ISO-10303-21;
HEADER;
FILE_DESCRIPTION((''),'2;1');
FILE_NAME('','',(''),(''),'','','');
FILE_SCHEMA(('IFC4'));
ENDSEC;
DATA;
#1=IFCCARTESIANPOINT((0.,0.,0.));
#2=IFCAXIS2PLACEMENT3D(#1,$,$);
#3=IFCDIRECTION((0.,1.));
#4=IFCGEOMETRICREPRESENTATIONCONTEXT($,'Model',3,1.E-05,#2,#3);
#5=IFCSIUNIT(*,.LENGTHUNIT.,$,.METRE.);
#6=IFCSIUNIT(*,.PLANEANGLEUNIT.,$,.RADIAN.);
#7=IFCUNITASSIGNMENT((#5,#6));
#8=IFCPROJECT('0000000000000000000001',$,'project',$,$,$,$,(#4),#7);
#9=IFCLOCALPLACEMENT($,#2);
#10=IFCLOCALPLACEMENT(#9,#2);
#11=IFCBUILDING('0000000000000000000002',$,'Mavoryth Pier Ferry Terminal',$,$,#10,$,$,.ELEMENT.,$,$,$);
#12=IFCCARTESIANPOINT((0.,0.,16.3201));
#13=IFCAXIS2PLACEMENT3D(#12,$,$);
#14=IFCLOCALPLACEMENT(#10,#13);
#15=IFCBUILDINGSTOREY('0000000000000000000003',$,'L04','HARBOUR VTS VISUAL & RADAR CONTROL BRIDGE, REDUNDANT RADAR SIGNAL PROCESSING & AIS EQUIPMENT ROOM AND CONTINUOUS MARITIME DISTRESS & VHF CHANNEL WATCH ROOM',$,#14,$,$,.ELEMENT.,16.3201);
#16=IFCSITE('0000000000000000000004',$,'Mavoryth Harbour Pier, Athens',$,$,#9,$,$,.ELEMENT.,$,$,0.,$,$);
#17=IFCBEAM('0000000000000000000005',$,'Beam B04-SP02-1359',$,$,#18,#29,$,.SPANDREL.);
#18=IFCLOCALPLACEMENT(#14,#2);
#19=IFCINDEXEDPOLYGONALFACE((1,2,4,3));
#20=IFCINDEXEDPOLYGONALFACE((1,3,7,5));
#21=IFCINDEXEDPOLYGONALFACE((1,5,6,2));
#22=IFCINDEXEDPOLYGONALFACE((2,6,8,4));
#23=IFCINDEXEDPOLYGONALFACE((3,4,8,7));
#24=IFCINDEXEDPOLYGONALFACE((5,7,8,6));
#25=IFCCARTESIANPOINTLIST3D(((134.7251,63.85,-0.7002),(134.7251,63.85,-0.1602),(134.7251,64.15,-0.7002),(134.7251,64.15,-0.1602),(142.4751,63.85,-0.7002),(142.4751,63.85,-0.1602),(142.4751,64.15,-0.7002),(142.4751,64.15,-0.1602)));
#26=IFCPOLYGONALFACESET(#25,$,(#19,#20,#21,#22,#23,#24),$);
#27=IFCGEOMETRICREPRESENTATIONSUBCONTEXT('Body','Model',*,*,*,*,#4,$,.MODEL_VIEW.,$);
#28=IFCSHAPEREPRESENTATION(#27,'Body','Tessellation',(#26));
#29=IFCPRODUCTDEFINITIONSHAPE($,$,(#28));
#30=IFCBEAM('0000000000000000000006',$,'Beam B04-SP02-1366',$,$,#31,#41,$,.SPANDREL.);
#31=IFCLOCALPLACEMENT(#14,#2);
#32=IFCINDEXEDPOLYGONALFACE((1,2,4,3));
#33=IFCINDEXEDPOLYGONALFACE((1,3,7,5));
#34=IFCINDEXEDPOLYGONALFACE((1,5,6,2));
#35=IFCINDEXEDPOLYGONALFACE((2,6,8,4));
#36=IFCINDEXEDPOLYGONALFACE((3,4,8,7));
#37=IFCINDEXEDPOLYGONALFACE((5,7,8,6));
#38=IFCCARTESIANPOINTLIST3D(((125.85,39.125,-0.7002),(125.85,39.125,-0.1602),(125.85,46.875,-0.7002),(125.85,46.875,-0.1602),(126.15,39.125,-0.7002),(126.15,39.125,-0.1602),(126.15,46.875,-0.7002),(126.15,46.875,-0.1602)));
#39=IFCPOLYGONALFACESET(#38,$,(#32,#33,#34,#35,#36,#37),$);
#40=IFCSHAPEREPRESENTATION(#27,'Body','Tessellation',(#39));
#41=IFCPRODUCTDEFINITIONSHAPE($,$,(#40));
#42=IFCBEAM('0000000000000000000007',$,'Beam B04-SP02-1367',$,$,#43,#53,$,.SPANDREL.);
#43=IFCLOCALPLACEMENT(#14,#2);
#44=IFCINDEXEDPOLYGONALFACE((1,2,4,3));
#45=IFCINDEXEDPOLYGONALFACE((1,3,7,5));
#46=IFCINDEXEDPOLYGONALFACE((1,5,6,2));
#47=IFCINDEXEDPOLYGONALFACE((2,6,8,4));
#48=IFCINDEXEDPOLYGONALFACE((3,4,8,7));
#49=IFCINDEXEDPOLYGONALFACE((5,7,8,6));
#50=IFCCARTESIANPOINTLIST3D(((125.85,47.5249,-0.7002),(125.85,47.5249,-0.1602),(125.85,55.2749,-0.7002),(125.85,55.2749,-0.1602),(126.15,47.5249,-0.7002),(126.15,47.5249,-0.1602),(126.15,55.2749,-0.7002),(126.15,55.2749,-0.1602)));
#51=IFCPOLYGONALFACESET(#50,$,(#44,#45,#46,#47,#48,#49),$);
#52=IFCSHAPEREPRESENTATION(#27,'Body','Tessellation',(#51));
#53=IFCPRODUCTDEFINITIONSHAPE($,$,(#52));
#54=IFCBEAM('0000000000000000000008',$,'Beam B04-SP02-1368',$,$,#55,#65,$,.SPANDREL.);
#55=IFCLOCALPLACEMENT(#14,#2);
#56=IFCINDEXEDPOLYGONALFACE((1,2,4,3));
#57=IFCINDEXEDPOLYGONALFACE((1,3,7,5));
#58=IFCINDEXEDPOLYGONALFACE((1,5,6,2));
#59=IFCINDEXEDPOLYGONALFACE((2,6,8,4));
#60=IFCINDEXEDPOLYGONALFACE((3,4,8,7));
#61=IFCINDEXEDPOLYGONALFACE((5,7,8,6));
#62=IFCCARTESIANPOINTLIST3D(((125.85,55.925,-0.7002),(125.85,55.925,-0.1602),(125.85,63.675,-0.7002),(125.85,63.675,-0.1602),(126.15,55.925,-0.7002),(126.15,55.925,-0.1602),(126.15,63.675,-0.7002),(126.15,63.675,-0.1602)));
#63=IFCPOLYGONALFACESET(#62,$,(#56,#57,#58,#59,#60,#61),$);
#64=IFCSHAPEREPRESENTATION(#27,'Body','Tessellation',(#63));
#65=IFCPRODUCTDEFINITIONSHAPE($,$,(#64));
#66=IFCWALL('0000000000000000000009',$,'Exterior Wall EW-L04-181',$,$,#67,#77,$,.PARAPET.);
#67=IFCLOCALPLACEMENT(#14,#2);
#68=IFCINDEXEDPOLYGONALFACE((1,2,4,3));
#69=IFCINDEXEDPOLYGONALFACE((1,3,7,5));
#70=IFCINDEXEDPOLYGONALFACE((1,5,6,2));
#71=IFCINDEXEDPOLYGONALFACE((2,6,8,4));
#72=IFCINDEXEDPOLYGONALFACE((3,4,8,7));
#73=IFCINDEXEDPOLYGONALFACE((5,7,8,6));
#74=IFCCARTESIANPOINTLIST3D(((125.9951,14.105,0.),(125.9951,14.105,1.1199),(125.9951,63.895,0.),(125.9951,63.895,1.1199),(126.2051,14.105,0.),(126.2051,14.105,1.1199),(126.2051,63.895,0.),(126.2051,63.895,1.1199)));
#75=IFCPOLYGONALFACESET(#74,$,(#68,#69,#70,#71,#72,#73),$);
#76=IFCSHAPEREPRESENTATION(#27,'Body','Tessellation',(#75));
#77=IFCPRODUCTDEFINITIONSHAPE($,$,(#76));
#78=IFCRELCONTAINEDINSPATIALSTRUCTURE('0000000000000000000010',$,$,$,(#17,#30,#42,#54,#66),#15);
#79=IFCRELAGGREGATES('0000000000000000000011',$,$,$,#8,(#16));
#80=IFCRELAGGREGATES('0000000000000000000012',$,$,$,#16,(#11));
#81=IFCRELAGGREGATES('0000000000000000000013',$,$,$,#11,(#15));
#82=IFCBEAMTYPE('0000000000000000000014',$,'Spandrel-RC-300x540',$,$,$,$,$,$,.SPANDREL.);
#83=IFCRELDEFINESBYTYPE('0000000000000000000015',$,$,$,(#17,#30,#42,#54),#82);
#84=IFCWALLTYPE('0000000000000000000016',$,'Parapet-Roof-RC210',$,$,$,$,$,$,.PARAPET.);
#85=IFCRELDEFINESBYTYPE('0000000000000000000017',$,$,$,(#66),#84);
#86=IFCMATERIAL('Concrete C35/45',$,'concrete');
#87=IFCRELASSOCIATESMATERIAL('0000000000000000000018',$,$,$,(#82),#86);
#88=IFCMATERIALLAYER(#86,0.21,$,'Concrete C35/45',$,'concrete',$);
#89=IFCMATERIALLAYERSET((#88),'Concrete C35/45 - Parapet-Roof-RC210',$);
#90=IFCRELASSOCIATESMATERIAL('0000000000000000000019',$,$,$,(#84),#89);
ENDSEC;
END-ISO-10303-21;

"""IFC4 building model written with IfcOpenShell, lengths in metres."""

from ifc_helpers import new_model, si_unit, direction, frame, frame_2d, origin, origin_2d, place, context, subcontext, project, spatial, rectangle, extrude, material, layer, layer_set, material_profile, profile_set, type_object, element, save


model = new_model("IFC4")

# Units and contexts
model_context = context("Model", 3, precision=1e-05, world=origin(), true_north=direction((0.0, 1.0)))
body_context = subcontext(model_context, "Body", "Model", "MODEL_VIEW")
ifc_project = project(units=[si_unit("LENGTHUNIT", "METRE"), si_unit("PLANEANGLEUNIT", "RADIAN")], contexts=[model_context])

# Site, building, storey
site_placement = place(None, origin())
site = spatial("IfcSite", under=ifc_project, at=site_placement, Name="Mavoryth Harbour Pier, Athens", CompositionType="ELEMENT", RefElevation=0.0)
building_placement = place(site_placement, origin())
building = spatial("IfcBuilding", under=site, at=building_placement, Name="Mavoryth Pier Ferry Terminal", CompositionType="ELEMENT")
storey_placement = place(building_placement, frame((0.0, 0.0, 16.3201)))
storey = spatial("IfcBuildingStorey", under=building, at=storey_placement, Name="L04", Description="HARBOUR VTS VISUAL & RADAR CONTROL BRIDGE, REDUNDANT RADAR SIGNAL PROCESSING & AIS EQUIPMENT ROOM AND CONTINUOUS MARITIME DISTRESS & VHF CHANNEL WATCH ROOM", CompositionType="ELEMENT", Elevation=16.3201)

# Beams
ifc_material = material(Name="Concrete C35/45", Category="concrete")
ifc_material_profile_1 = material_profile(ifc_material, rectangle(XDim=0.3, YDim=0.54, at=origin_2d()), Name="RC 300x540", Category="concrete")
ifc_profile_set_1 = profile_set([ifc_material_profile_1], Name="Concrete C35/45 - RC 300x540")
beam_type_1 = type_object("IfcBeamType", Name="Spandrel-RC-300x540", PredefinedType="SPANDREL", material=ifc_profile_set_1)
for number, where, z_axis, x_axis, name in (
    (1, (134.7251, 64.0, -0.4302), (1.0, 0.0, 0.0), (0.0, 1.0, 0.0), "Beam B04-SP02-1359"),
    (2, (126.0, 39.125, -0.4302), (0.0, 1.0, 0.0), (-1.0, 0.0, 0.0), "Beam B04-SP02-1366"),
    (3, (126.0, 47.5249, -0.4302), (0.0, 1.0, 0.0), (-1.0, 0.0, 0.0), "Beam B04-SP02-1367"),
    (4, (126.0, 55.925, -0.4302), (0.0, 1.0, 0.0), (-1.0, 0.0, 0.0), "Beam B04-SP02-1368"),
):
    element("IfcBeam", number, at=place(storey_placement, frame(where, z_axis=z_axis, x_axis=x_axis)), inside=storey, type_object=beam_type_1, Name=name, PredefinedType="SPANDREL", context=body_context, shape_type="SweptSolid", body=[
        extrude(rectangle(XDim=0.3, YDim=0.54, at=origin_2d()), origin(), (0.0, 0.0, 1.0), 7.75),
    ])

# Wall
ifc_layer = layer(ifc_material, 0.21, Name="Concrete C35/45", Category="concrete")
ifc_layer_set = layer_set([ifc_layer], Name="Concrete C35/45 - Parapet-Roof-RC210")
wall_type = type_object("IfcWallType", Name="Parapet-Roof-RC210", PredefinedType="PARAPET", material=ifc_layer_set)
wall_placement = place(storey_placement, frame((126.1001, 63.895, 0.0), z_axis=(0.0, 0.0, 1.0), x_axis=(0.0, -1.0, 0.0)))
element("IfcWall", 5, at=wall_placement, inside=storey, type_object=wall_type, Name="Exterior Wall EW-L04-181", PredefinedType="PARAPET", context=body_context, shape_type="SweptSolid", body=[
    extrude(rectangle(XDim=49.79, YDim=0.21, at=frame_2d((24.895, 0.0))), origin(), (0.0, 0.0, 1.0), 1.1199),
])

save(model, "model.ifc")
